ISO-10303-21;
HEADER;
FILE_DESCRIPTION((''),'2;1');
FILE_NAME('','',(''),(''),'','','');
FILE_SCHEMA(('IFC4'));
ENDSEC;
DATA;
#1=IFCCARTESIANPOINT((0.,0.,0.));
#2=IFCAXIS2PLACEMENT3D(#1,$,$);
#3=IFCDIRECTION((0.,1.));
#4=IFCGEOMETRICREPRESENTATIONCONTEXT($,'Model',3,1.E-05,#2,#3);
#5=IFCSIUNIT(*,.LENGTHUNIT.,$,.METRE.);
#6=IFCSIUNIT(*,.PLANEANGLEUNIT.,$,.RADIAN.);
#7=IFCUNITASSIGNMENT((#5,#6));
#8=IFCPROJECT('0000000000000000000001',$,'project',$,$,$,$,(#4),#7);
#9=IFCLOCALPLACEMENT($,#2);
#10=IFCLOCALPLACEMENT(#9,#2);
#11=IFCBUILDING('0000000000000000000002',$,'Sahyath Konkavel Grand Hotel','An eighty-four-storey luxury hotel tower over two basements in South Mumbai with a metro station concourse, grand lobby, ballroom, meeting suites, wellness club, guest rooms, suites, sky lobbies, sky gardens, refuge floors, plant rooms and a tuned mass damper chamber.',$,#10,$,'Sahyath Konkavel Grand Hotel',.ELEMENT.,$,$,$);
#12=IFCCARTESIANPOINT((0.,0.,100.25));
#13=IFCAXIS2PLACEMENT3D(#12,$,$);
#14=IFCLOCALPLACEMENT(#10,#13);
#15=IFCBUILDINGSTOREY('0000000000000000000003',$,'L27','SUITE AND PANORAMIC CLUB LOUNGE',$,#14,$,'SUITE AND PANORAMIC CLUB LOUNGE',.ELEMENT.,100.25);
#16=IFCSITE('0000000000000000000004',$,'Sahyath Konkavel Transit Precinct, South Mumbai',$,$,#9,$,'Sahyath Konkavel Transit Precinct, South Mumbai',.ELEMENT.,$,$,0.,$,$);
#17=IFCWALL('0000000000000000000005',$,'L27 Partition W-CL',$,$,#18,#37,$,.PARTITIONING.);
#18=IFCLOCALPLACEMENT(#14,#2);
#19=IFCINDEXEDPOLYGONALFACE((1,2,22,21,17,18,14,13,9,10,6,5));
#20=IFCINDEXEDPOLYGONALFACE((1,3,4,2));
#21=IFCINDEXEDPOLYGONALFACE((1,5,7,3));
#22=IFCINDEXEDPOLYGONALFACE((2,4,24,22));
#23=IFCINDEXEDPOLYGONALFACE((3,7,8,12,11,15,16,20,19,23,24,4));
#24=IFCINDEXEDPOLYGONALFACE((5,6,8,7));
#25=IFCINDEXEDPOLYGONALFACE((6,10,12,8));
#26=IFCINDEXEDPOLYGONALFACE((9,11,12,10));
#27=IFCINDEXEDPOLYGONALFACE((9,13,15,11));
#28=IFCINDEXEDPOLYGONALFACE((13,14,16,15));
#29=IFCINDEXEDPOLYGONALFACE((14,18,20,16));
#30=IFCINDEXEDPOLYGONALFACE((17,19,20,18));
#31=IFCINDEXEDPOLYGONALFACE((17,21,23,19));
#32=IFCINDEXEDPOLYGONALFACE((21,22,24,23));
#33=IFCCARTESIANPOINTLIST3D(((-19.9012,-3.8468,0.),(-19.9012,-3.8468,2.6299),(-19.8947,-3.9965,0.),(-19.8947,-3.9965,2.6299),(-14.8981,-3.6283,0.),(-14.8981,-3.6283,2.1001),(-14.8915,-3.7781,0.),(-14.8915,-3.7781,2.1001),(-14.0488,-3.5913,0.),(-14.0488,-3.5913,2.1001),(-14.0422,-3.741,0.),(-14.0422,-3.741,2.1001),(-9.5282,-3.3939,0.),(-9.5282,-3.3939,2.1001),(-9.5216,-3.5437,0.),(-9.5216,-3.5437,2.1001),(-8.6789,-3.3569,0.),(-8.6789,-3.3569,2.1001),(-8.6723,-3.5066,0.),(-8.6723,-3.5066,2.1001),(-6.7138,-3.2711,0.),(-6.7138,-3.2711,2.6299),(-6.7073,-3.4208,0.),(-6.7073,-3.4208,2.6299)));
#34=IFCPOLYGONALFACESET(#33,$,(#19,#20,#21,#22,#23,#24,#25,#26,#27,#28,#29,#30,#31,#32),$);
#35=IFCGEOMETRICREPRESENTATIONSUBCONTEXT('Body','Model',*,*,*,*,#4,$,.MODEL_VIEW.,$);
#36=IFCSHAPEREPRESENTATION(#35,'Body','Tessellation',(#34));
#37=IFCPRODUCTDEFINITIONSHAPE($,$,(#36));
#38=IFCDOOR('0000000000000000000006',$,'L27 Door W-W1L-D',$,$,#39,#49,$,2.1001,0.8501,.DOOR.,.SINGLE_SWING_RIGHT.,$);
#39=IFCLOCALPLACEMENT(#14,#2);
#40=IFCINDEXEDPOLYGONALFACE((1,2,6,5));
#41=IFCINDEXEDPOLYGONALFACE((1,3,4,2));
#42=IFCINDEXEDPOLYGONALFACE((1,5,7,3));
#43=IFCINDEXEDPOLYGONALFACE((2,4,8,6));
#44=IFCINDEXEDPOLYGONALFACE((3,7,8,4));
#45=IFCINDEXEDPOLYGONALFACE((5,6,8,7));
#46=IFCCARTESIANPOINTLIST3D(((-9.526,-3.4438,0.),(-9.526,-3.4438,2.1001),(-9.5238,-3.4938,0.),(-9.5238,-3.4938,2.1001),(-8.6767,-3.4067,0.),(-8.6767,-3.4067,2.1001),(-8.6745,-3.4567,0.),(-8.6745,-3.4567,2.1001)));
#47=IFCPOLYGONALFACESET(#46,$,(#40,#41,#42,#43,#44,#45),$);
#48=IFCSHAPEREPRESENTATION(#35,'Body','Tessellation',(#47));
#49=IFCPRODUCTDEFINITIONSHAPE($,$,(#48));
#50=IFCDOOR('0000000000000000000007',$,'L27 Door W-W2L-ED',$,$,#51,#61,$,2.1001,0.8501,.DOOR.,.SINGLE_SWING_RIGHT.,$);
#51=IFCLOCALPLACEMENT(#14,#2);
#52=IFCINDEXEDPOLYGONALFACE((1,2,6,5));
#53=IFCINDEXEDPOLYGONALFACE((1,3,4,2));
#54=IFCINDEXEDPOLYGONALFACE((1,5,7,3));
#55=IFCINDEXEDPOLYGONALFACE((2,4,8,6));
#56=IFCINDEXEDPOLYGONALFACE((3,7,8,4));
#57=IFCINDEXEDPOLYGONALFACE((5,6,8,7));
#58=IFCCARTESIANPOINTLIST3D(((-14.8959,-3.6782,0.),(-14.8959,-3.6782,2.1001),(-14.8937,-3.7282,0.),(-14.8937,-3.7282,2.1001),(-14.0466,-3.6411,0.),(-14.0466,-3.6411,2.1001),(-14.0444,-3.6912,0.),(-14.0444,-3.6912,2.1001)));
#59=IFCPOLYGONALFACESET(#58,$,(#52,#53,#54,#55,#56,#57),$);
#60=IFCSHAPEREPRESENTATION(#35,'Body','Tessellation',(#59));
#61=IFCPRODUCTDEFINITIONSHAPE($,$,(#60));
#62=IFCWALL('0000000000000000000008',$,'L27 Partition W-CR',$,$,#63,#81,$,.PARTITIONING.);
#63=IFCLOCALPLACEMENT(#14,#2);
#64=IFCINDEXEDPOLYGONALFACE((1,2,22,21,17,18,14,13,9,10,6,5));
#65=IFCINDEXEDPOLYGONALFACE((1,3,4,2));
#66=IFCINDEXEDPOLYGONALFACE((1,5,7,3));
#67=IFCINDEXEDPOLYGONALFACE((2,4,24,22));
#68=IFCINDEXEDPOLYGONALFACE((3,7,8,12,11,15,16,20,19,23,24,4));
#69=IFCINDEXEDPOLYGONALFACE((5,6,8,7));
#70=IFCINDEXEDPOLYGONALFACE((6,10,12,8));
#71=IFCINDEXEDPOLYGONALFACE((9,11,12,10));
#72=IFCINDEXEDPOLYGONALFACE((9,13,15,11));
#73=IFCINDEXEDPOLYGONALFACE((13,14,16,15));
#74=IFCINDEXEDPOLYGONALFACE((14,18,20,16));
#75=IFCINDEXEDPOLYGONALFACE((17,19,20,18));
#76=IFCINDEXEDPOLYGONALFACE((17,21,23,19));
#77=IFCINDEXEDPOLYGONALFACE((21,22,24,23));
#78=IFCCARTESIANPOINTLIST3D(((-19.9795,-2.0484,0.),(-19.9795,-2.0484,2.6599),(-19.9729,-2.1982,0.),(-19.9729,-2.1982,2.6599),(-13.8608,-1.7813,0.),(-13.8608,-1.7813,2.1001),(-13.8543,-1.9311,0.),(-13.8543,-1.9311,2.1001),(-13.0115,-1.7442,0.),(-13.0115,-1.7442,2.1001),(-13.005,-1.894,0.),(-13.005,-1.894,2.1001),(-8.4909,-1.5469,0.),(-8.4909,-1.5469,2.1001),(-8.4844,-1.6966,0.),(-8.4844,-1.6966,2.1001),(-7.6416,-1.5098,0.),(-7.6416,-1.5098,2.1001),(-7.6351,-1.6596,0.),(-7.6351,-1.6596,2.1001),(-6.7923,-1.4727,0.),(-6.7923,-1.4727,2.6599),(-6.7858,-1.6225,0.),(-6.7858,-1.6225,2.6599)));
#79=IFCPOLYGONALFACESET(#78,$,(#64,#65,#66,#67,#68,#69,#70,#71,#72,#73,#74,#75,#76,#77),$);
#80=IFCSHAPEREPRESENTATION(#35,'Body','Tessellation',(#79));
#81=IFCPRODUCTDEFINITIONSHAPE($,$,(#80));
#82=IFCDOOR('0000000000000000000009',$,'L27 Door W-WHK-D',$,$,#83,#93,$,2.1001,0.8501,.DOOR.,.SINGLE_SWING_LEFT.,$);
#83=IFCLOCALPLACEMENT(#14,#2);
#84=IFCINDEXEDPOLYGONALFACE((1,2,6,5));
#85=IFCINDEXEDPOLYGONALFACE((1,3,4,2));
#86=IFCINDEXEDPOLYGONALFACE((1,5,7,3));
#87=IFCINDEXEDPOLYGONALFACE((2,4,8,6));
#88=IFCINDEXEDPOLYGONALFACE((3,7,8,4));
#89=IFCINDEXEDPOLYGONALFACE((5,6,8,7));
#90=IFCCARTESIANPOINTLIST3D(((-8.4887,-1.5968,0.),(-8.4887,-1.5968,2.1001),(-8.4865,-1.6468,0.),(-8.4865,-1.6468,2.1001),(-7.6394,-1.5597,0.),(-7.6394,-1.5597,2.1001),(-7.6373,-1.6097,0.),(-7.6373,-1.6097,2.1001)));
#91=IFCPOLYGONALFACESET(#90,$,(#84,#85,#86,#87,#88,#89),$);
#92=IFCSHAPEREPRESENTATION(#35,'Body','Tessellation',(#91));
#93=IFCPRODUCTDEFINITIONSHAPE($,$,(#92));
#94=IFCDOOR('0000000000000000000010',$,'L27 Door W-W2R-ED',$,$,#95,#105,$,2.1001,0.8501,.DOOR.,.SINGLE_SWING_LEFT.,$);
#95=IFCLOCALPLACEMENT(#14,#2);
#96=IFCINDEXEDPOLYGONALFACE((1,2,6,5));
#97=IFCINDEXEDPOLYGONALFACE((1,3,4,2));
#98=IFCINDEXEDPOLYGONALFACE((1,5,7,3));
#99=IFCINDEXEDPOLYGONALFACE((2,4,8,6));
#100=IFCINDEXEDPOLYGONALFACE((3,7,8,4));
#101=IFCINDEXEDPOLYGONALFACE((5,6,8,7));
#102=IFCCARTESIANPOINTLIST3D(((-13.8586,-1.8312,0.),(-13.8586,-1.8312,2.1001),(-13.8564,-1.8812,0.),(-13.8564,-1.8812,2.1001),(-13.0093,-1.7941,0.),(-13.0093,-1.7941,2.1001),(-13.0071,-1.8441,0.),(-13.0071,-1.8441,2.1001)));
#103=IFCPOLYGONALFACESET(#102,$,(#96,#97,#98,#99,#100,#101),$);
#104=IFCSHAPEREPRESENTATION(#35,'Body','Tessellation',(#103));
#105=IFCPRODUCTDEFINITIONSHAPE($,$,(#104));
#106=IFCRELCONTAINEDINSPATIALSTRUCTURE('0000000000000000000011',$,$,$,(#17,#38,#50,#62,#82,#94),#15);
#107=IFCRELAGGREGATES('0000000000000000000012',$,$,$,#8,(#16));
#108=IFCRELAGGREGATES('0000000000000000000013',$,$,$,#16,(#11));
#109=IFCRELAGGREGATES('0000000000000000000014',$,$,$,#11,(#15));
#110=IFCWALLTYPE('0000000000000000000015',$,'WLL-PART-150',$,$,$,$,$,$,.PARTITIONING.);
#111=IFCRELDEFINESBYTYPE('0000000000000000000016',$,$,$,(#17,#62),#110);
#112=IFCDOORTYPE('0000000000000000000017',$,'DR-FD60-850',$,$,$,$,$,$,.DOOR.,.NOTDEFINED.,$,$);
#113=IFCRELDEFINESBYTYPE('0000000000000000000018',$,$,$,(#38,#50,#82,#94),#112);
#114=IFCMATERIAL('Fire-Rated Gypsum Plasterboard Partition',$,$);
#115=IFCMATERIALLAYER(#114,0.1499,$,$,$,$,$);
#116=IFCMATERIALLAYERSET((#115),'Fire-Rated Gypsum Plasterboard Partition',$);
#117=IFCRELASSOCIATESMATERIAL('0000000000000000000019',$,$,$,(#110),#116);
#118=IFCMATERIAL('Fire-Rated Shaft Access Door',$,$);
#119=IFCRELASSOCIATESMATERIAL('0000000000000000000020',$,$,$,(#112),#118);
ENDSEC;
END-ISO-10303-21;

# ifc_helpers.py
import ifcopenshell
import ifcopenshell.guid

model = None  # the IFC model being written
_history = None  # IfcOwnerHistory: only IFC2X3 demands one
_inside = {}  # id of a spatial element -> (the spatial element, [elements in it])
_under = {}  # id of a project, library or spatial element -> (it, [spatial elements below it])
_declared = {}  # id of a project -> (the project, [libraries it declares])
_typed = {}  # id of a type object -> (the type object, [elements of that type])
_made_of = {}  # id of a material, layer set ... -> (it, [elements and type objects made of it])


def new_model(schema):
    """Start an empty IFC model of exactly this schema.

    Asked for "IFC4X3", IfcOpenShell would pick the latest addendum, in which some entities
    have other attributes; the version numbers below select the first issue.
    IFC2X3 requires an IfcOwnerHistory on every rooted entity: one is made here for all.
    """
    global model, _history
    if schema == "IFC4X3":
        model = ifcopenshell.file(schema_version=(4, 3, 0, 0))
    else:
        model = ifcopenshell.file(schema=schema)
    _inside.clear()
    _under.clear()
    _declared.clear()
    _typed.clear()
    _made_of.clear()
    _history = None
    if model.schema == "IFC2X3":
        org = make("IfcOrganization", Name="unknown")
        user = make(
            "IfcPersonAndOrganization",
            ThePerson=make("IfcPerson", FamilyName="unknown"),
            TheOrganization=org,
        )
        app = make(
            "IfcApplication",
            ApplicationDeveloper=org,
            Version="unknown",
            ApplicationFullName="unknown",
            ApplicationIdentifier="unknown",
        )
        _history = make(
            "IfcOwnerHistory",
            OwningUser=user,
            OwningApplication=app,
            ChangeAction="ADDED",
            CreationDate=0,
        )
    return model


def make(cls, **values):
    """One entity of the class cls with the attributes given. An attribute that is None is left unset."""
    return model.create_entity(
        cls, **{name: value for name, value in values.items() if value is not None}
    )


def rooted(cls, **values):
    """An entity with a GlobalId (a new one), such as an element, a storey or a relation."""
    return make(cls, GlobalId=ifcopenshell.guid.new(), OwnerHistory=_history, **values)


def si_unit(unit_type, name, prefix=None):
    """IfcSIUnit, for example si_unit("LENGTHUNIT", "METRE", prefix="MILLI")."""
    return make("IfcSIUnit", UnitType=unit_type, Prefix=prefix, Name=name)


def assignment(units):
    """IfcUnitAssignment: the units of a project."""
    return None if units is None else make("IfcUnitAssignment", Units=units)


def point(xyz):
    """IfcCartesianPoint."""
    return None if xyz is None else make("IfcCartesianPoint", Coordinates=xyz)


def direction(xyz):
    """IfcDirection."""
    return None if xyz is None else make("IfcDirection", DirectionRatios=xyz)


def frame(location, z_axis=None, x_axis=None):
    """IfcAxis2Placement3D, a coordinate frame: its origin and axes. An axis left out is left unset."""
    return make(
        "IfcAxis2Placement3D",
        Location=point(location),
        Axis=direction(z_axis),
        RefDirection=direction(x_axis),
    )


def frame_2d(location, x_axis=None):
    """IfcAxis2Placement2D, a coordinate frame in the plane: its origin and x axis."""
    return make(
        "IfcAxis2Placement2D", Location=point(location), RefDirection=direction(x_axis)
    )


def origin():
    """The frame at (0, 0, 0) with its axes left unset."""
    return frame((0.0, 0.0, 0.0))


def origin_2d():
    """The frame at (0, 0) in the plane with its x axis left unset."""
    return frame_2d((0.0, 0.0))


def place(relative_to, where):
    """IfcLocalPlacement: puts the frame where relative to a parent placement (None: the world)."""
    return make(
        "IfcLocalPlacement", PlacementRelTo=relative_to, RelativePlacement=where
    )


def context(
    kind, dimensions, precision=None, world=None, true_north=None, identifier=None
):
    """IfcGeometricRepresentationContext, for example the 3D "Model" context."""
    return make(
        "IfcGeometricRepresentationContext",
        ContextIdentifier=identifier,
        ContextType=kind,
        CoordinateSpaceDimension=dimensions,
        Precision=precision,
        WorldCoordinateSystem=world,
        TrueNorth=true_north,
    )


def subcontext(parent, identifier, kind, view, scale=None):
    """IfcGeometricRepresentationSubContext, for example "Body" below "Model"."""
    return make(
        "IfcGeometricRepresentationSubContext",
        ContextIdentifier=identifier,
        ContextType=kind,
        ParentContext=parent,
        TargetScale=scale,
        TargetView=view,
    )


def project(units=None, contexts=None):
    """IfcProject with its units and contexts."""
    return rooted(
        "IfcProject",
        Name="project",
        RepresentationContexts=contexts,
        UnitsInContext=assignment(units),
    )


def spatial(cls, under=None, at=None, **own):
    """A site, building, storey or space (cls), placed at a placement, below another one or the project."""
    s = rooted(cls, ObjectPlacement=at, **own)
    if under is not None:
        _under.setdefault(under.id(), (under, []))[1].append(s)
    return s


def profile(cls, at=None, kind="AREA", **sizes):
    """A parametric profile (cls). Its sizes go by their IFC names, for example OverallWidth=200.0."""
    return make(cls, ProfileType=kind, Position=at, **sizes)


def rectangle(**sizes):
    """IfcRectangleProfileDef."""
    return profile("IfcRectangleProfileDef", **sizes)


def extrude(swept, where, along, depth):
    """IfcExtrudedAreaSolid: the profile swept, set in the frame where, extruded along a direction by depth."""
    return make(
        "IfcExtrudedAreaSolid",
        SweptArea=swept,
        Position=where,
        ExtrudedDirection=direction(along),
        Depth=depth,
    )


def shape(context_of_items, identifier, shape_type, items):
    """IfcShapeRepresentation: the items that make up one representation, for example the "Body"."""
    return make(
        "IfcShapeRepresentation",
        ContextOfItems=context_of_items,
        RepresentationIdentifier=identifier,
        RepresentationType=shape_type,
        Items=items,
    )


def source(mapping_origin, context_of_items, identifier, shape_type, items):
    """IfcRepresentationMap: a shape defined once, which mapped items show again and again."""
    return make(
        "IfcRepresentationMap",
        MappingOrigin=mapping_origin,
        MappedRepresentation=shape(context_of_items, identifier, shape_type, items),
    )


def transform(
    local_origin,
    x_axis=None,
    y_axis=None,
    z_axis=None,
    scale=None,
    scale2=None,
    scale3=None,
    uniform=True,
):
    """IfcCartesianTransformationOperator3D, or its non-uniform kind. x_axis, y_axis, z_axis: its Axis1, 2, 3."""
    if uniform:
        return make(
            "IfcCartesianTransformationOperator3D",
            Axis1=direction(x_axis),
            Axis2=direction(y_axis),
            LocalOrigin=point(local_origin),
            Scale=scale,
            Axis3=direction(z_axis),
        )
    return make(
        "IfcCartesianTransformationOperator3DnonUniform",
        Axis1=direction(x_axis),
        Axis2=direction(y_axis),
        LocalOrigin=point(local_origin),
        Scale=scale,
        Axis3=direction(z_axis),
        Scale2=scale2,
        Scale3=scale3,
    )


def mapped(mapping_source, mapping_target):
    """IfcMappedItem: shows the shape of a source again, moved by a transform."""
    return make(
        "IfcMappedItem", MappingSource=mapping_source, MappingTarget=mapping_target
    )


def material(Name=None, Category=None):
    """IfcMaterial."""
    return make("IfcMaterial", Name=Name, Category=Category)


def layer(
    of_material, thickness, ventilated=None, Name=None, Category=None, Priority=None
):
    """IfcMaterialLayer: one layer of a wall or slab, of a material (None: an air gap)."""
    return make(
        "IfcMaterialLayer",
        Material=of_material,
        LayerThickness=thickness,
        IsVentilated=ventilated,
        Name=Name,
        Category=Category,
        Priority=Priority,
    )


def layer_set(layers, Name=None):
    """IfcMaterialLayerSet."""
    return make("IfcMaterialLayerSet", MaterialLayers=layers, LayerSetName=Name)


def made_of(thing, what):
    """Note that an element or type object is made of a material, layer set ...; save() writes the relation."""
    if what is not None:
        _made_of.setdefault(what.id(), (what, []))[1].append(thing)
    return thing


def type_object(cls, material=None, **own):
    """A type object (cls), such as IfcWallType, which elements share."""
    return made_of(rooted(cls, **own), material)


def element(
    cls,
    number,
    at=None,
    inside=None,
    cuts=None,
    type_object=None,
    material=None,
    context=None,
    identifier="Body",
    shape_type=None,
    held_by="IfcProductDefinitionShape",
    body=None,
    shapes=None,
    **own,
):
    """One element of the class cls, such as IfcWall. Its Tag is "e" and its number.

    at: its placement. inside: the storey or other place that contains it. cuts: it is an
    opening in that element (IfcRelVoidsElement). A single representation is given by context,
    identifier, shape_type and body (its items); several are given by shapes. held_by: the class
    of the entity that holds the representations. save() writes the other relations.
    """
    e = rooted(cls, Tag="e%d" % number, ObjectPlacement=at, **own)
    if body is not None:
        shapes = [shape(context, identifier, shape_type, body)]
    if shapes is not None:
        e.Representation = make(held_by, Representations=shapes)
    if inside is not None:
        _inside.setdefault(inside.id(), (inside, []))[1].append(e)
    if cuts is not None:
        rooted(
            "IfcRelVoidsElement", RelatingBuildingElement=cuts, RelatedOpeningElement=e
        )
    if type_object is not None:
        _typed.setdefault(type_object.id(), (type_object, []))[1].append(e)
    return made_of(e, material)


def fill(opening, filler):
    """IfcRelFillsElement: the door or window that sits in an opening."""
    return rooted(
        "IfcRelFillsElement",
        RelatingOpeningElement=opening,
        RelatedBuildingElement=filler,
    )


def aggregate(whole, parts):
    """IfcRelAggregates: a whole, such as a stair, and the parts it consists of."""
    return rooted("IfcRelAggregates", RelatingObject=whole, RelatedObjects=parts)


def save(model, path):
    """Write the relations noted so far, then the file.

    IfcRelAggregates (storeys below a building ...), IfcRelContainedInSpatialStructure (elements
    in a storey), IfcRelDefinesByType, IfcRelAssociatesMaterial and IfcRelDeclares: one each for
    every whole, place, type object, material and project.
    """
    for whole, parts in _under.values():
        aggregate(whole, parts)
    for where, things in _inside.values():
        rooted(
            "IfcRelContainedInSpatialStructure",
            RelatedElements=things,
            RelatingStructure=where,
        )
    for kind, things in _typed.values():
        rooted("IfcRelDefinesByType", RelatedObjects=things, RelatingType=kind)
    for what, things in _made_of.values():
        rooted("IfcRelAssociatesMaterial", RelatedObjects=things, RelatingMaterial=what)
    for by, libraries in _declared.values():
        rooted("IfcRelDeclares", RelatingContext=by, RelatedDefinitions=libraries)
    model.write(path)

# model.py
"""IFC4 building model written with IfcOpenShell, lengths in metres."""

from ifc_helpers import new_model, si_unit, direction, frame, frame_2d, origin, origin_2d, place, context, subcontext, project, spatial, rectangle, extrude, source, transform, mapped, material, layer, layer_set, type_object, element, fill, save


model = new_model("IFC4")

# Units and contexts
model_context = context("Model", 3, precision=1e-05, world=origin(), true_north=direction((0.0, 1.0)))
body_context = subcontext(model_context, "Body", "Model", "MODEL_VIEW")
ifc_project = project(units=[si_unit("LENGTHUNIT", "METRE"), si_unit("PLANEANGLEUNIT", "RADIAN")], contexts=[model_context])

# Site, building, storey
site_placement = place(None, origin())
site = spatial("IfcSite", under=ifc_project, at=site_placement, Name="Sahyath Konkavel Transit Precinct, South Mumbai", LongName="Sahyath Konkavel Transit Precinct, South Mumbai", CompositionType="ELEMENT", RefElevation=0.0)
building_placement = place(site_placement, origin())
building = spatial("IfcBuilding", under=site, at=building_placement, Name="Sahyath Konkavel Grand Hotel", Description="An eighty-four-storey luxury hotel tower over two basements in South Mumbai with a metro station concourse, grand lobby, ballroom, meeting suites, wellness club, guest rooms, suites, sky lobbies, sky gardens, refuge floors, plant rooms and a tuned mass damper chamber.", LongName="Sahyath Konkavel Grand Hotel", CompositionType="ELEMENT")
storey_placement = place(building_placement, frame((0.0, 0.0, 100.25)))
storey = spatial("IfcBuildingStorey", under=building, at=storey_placement, Name="L27", Description="SUITE AND PANORAMIC CLUB LOUNGE", LongName="SUITE AND PANORAMIC CLUB LOUNGE", CompositionType="ELEMENT", Elevation=100.25)

# Shared definitions
ifc_material_1 = material(Name="Fire-Rated Gypsum Plasterboard Partition")
ifc_layer_1 = layer(ifc_material_1, 0.1499)
ifc_layer_set_1 = layer_set([ifc_layer_1], Name="Fire-Rated Gypsum Plasterboard Partition")
wall_type_1 = type_object("IfcWallType", Name="WLL-PART-150", PredefinedType="PARTITIONING", material=ifc_layer_set_1)

# Shared definitions
ifc_material_2 = material(Name="Fire-Rated Shaft Access Door")
door_type_1 = type_object("IfcDoorType", Name="DR-FD60-850", OperationType="NOTDEFINED", PredefinedType="DOOR", material=ifc_material_2)
shared_shape_1 = source(origin(), body_context, "Body", "SweptSolid", [
    extrude(rectangle(XDim=0.8501, YDim=0.05, at=origin_2d()), origin(), (0.0, 0.0, 1.0), 2.1001),
])

# Walls, openings, doors
wall_1_placement = place(storey_placement, frame((-6.7104, -3.3459, 0.0), z_axis=(0.0, 0.0, 1.0), x_axis=(-0.999049, -0.043612, 0.0)))
wall_1 = element("IfcWall", 1, at=wall_1_placement, inside=storey, type_object=wall_type_1, Name="L27 Partition W-CL", PredefinedType="PARTITIONING", context=body_context, shape_type="SweptSolid", body=[
    extrude(rectangle(XDim=13.2, YDim=0.1499, at=frame_2d((6.6001, 0.0))), origin(), (0.0, 0.0, 1.0), 2.6299),
])
opening_1_placement = place(wall_1_placement, frame((1.967, 0.0, 0.0)))
opening_1 = element("IfcOpeningElement", 2, at=opening_1_placement, cuts=wall_1, PredefinedType="OPENING", context=body_context, shape_type="SweptSolid", body=[
    extrude(rectangle(XDim=0.8501, YDim=2.1001, at=frame_2d((0.425, 1.05))), frame((0.0, 0.085, 0.0), z_axis=(0.0, -1.0, 0.0), x_axis=(1.0, 0.0, 0.0)), (0.0, 0.0, 1.0), 0.1699),
])
opening_2_placement = place(wall_1_placement, frame((7.342, 0.0, 0.0)))
opening_2 = element("IfcOpeningElement", 3, at=opening_2_placement, cuts=wall_1, PredefinedType="OPENING", context=body_context, shape_type="SweptSolid", body=[
    extrude(rectangle(XDim=0.8501, YDim=2.1001, at=frame_2d((0.425, 1.05))), frame((0.0, 0.085, 0.0), z_axis=(0.0, -1.0, 0.0), x_axis=(1.0, 0.0, 0.0)), (0.0, 0.0, 1.0), 0.1699),
])
door_1_placement = place(opening_1_placement, frame((0.425, 0.0, 0.0)))
door_1 = element("IfcDoor", 4, at=door_1_placement, inside=storey, type_object=door_type_1, Name="L27 Door W-W1L-D", OperationType="SINGLE_SWING_RIGHT", OverallHeight=2.1001, OverallWidth=0.8501, PredefinedType="DOOR", context=body_context, shape_type="MappedRepresentation", body=[
    mapped(shared_shape_1, transform((0.0, 0.0, 0.0), scale=1.0)),
])
fill(opening_1, door_1)
door_2_placement = place(opening_2_placement, frame((0.425, 0.0, 0.0)))
door_2 = element("IfcDoor", 5, at=door_2_placement, inside=storey, type_object=door_type_1, Name="L27 Door W-W2L-ED", OperationType="SINGLE_SWING_RIGHT", OverallHeight=2.1001, OverallWidth=0.8501, PredefinedType="DOOR", context=body_context, shape_type="MappedRepresentation", body=[
    mapped(shared_shape_1, transform((0.0, 0.0, 0.0), scale=1.0)),
])
fill(opening_2, door_2)
wall_2_placement = place(storey_placement, frame((-6.7891, -1.5476, 0.0), z_axis=(0.0, 0.0, 1.0), x_axis=(-0.999049, -0.043613, 0.0)))
wall_2 = element("IfcWall", 6, at=wall_2_placement, inside=storey, type_object=wall_type_1, Name="L27 Partition W-CR", PredefinedType="PARTITIONING", context=body_context, shape_type="SweptSolid", body=[
    extrude(rectangle(XDim=13.1997, YDim=0.1499, at=frame_2d((6.5999, 0.0))), origin(), (0.0, 0.0, 1.0), 2.6599),
])
opening_3_placement = place(wall_2_placement, frame((0.8501, 0.0, 0.0)))
opening_3 = element("IfcOpeningElement", 7, at=opening_3_placement, cuts=wall_2, PredefinedType="OPENING", context=body_context, shape_type="SweptSolid", body=[
    extrude(rectangle(XDim=0.8501, YDim=2.1001, at=frame_2d((0.425, 1.05))), frame((0.0, 0.085, 0.0), z_axis=(0.0, -1.0, 0.0), x_axis=(1.0, 0.0, 0.0)), (0.0, 0.0, 1.0), 0.1699),
])
opening_4_placement = place(wall_2_placement, frame((6.2251, 0.0, 0.0)))
opening_4 = element("IfcOpeningElement", 8, at=opening_4_placement, cuts=wall_2, PredefinedType="OPENING", context=body_context, shape_type="SweptSolid", body=[
    extrude(rectangle(XDim=0.8501, YDim=2.1001, at=frame_2d((0.425, 1.05))), frame((0.0, 0.085, 0.0), z_axis=(0.0, -1.0, 0.0), x_axis=(1.0, 0.0, 0.0)), (0.0, 0.0, 1.0), 0.1699),
])
door_3_placement = place(opening_3_placement, frame((0.425, 0.0, 0.0)))
door_3 = element("IfcDoor", 9, at=door_3_placement, inside=storey, type_object=door_type_1, Name="L27 Door W-WHK-D", OperationType="SINGLE_SWING_LEFT", OverallHeight=2.1001, OverallWidth=0.8501, PredefinedType="DOOR", context=body_context, shape_type="MappedRepresentation", body=[
    mapped(shared_shape_1, transform((0.0, 0.0, 0.0), scale=1.0)),
])
fill(opening_3, door_3)
door_4_placement = place(opening_4_placement, frame((0.425, 0.0, 0.0)))
door_4 = element("IfcDoor", 10, at=door_4_placement, inside=storey, type_object=door_type_1, Name="L27 Door W-W2R-ED", OperationType="SINGLE_SWING_LEFT", OverallHeight=2.1001, OverallWidth=0.8501, PredefinedType="DOOR", context=body_context, shape_type="MappedRepresentation", body=[
    mapped(shared_shape_1, transform((0.0, 0.0, 0.0), scale=1.0)),
])
fill(opening_4, door_4)

save(model, "model.ifc")
